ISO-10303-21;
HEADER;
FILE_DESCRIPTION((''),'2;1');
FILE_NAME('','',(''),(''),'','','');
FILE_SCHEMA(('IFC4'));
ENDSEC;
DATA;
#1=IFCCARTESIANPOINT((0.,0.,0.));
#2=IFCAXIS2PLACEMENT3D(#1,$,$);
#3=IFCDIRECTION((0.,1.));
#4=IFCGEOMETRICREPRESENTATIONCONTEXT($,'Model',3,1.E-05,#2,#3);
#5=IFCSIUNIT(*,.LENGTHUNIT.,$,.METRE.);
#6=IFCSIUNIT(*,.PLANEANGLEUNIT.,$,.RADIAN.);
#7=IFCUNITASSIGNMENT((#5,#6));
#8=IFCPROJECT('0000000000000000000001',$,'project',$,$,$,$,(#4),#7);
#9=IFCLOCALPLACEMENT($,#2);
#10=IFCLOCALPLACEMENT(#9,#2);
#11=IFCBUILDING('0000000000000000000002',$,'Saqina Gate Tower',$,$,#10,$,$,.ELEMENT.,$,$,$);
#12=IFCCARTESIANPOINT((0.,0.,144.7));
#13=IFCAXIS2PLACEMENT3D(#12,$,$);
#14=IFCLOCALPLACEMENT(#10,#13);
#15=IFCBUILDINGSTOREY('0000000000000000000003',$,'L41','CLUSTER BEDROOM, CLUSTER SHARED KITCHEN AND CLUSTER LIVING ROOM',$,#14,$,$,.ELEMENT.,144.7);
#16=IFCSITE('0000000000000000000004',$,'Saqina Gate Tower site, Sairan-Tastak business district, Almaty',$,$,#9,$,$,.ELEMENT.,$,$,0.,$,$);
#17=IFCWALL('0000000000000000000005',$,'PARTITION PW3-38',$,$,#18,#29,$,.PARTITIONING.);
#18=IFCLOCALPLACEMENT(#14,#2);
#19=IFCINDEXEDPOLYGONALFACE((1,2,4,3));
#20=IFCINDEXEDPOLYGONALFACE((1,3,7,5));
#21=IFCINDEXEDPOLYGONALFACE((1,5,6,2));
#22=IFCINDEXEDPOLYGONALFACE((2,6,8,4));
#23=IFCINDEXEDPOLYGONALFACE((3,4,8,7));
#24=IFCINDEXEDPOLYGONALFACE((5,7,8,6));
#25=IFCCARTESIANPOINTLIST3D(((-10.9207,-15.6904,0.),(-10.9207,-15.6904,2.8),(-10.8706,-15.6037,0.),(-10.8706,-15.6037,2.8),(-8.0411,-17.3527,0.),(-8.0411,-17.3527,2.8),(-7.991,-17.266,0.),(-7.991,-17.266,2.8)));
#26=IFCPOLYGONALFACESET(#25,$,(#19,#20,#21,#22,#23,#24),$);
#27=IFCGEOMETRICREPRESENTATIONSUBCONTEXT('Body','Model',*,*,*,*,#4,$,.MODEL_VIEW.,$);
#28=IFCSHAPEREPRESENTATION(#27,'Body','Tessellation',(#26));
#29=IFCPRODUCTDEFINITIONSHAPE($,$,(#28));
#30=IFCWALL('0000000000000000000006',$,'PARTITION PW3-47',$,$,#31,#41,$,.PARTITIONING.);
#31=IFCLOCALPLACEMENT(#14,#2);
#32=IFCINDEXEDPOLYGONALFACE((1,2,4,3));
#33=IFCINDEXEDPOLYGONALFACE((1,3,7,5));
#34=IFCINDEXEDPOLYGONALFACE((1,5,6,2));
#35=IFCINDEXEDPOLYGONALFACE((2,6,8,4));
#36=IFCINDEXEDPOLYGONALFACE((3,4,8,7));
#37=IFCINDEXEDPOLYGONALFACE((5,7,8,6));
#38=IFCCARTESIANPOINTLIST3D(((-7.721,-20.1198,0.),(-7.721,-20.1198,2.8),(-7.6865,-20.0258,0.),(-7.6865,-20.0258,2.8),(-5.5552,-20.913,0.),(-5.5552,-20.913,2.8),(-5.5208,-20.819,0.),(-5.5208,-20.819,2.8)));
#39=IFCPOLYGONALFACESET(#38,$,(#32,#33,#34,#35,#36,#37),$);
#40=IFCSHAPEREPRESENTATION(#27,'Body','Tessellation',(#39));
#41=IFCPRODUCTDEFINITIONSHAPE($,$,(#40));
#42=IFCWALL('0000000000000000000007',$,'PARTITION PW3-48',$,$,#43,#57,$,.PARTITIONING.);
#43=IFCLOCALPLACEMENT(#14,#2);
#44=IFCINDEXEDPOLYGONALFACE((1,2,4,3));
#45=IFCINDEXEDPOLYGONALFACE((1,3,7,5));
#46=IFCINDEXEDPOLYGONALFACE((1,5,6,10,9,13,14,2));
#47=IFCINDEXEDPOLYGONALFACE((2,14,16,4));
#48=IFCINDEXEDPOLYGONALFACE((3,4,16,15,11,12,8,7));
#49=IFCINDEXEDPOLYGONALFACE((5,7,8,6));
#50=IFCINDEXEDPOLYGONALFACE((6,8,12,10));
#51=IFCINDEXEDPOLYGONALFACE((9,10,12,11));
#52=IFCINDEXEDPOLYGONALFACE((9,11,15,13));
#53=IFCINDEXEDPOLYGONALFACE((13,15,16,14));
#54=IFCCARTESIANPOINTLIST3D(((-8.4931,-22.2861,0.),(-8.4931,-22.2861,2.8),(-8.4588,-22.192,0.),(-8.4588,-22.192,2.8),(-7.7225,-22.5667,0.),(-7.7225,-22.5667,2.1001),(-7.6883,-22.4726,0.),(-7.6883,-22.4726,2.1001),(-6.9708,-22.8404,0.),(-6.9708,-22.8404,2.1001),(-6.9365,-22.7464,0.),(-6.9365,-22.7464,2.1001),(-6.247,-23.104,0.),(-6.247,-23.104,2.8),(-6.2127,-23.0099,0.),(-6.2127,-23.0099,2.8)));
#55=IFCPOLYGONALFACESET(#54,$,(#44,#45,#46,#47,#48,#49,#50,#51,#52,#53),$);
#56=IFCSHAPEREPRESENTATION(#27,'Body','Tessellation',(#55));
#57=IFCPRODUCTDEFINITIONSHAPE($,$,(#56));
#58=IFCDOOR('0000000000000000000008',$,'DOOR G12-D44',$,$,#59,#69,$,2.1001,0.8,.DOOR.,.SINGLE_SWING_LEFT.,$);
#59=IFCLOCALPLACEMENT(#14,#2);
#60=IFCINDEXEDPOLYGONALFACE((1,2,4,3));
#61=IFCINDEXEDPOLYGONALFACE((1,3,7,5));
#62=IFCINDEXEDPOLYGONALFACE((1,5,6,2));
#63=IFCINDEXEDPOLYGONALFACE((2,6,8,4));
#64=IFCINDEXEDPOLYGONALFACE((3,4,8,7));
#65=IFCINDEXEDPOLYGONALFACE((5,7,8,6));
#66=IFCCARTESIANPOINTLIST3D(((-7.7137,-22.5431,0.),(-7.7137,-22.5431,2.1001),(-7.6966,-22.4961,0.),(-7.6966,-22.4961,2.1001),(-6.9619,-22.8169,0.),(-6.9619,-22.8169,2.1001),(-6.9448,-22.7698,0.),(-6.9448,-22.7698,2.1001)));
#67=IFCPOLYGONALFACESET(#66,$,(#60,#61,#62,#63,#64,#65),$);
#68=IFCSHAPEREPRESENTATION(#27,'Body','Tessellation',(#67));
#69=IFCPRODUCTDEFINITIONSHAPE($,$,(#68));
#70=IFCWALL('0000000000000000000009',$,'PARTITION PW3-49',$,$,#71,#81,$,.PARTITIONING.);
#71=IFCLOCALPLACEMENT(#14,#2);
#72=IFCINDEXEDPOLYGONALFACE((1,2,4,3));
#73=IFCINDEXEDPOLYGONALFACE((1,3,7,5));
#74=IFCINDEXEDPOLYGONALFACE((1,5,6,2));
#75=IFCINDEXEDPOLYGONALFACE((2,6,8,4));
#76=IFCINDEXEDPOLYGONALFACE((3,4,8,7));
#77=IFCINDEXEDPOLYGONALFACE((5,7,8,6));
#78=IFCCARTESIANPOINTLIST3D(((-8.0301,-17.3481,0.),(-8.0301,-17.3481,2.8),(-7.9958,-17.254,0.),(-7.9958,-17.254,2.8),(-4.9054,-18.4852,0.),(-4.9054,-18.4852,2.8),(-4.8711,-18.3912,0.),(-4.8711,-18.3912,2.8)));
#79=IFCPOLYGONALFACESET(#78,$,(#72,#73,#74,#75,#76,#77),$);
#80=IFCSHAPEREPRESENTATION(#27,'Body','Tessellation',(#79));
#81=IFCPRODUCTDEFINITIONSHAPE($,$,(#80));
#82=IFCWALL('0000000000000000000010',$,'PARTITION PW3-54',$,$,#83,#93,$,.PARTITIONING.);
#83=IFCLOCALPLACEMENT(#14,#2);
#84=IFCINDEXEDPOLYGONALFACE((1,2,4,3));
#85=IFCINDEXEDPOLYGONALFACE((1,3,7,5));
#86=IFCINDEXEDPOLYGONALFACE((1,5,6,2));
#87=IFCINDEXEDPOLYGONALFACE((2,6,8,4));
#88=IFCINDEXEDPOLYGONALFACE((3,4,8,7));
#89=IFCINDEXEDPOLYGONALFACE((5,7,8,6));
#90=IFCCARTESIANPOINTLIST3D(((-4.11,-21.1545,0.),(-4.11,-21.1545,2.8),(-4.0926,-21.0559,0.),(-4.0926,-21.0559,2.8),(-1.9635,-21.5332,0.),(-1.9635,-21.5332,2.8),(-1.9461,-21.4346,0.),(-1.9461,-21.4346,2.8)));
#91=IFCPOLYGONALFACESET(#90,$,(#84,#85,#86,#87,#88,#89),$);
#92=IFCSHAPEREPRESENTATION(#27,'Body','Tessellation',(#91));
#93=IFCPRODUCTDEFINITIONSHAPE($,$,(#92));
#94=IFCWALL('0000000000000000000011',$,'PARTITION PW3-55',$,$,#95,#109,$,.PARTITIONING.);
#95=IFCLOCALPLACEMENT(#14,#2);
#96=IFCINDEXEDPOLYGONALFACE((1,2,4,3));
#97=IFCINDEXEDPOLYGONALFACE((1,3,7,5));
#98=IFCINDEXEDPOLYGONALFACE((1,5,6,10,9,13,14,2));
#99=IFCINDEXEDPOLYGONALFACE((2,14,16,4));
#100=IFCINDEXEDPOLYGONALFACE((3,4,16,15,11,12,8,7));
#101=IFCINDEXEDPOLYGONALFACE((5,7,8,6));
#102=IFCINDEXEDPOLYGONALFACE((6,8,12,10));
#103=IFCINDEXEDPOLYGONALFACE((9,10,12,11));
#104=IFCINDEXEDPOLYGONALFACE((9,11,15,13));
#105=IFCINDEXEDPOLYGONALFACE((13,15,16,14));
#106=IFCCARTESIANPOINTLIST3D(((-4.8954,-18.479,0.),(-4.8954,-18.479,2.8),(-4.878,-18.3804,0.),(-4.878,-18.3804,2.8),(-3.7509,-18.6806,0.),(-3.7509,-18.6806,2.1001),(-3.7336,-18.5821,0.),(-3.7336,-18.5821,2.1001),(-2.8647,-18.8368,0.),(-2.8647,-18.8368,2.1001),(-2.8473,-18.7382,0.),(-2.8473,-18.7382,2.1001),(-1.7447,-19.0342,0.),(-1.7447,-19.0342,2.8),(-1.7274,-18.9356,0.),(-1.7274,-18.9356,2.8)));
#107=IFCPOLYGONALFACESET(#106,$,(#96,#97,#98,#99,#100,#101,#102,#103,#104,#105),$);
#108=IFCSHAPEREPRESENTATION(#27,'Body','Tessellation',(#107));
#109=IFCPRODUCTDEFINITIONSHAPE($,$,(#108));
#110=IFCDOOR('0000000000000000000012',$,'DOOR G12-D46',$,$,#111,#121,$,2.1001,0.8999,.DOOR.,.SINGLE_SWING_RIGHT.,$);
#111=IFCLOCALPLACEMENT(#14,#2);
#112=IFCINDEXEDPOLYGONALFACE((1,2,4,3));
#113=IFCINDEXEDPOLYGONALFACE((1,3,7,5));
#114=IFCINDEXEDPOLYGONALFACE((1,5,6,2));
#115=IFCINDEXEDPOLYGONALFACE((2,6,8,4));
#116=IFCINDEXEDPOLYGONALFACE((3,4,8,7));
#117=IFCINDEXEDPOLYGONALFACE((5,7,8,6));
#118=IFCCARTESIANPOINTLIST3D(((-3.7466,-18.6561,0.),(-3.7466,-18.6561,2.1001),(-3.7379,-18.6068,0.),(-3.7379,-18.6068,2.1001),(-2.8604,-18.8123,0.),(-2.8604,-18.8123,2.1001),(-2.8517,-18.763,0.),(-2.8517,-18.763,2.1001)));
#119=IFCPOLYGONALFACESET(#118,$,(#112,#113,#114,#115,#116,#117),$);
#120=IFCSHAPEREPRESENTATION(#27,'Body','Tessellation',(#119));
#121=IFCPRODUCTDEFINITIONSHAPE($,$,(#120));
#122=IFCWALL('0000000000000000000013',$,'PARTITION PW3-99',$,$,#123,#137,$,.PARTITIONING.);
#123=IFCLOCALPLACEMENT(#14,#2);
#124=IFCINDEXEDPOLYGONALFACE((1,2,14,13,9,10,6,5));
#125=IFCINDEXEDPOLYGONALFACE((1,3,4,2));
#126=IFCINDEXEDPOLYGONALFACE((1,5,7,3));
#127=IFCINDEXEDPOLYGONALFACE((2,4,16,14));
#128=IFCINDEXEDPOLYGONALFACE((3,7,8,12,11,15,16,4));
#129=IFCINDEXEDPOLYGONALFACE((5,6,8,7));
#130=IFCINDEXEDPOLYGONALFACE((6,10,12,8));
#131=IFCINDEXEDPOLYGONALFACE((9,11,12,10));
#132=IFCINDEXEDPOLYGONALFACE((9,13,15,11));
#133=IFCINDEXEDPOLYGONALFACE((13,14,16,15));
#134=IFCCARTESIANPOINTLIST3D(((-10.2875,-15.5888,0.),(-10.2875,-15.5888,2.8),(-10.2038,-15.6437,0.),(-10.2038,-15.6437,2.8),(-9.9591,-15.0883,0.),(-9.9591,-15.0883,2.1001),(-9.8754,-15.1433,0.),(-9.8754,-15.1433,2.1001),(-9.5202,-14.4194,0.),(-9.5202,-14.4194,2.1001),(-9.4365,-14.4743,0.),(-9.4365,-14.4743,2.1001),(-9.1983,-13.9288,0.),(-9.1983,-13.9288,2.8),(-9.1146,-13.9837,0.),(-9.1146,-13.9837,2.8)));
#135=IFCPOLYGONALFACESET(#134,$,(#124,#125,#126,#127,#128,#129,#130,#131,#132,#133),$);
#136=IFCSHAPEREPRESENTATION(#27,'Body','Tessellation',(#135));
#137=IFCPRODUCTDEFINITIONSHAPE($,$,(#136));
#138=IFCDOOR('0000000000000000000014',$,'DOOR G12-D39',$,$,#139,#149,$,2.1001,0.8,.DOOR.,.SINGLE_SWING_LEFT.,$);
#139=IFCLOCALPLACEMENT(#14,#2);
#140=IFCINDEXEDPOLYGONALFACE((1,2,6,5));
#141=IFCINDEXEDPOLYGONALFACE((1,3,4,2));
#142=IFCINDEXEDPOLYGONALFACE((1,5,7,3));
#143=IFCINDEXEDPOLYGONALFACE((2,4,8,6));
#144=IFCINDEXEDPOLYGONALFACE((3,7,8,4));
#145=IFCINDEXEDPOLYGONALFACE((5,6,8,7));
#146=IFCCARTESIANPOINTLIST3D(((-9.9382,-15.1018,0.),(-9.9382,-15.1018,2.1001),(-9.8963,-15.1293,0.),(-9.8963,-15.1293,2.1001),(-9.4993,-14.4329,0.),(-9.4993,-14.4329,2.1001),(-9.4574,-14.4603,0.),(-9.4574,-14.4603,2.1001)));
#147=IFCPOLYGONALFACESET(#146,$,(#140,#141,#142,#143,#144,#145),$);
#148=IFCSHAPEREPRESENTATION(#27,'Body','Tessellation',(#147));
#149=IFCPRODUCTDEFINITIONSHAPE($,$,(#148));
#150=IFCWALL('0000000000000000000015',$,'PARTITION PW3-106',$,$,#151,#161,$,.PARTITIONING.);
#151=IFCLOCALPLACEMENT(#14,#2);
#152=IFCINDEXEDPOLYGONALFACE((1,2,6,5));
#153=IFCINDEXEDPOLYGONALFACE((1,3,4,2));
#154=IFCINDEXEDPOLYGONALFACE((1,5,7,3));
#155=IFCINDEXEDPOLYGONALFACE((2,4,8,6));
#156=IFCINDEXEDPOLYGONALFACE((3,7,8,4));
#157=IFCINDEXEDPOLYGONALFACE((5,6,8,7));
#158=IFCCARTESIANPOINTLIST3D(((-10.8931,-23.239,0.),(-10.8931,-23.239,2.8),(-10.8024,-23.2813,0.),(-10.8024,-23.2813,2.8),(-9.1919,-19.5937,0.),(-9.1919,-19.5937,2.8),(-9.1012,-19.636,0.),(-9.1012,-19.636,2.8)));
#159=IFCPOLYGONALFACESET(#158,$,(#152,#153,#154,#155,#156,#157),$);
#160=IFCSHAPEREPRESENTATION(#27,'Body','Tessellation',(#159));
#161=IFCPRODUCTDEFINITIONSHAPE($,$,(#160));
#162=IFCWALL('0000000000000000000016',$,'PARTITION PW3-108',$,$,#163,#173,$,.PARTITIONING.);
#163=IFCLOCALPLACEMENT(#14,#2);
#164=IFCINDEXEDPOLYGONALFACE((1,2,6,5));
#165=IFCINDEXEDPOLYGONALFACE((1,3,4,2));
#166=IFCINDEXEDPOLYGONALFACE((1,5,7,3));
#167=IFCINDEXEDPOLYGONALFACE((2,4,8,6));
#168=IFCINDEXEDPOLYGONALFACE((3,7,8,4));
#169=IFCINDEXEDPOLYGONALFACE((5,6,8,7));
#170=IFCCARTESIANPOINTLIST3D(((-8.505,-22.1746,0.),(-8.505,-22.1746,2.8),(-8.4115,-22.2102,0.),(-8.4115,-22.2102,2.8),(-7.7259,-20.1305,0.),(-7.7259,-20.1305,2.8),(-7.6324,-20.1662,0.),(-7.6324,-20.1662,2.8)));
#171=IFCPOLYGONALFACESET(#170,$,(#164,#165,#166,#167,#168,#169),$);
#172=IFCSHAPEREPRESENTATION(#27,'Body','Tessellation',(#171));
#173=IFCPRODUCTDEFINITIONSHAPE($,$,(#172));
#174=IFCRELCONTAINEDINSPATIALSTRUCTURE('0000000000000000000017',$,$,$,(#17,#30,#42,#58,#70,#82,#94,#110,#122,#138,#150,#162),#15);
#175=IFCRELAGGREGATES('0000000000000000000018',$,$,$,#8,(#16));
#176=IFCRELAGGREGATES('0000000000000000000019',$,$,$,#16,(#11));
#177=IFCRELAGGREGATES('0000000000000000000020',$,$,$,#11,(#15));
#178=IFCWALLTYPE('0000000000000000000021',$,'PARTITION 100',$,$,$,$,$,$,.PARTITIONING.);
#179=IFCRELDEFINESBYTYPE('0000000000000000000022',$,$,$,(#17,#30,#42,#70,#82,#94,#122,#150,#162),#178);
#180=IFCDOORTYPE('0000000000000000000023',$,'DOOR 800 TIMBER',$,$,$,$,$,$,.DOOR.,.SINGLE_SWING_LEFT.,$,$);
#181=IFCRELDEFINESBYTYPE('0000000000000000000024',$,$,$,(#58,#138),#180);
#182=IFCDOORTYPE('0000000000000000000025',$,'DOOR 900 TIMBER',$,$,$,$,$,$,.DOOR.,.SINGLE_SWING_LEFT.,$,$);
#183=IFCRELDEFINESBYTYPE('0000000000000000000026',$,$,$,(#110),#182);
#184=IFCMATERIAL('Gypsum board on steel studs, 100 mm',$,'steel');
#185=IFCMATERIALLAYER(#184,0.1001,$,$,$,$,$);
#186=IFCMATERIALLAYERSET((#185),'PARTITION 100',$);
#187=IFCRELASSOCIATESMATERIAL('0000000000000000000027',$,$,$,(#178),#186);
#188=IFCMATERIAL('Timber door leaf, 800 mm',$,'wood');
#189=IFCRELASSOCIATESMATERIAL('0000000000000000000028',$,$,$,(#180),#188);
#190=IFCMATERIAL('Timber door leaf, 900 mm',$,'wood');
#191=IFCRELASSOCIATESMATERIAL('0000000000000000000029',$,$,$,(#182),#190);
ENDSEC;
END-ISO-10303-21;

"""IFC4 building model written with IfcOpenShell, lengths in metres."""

from ifc_helpers import new_model, si_unit, direction, frame, frame_2d, origin, place, context, subcontext, project, spatial, rectangle, extrude, material, layer, layer_set, type_object, element, fill, save


model = new_model("IFC4")

# Units and contexts
model_context = context("Model", 3, precision=1e-05, world=origin(), true_north=direction((0.0, 1.0)))
body_context = subcontext(model_context, "Body", "Model", "MODEL_VIEW")
ifc_project = project(units=[si_unit("LENGTHUNIT", "METRE"), si_unit("PLANEANGLEUNIT", "RADIAN")], contexts=[model_context])

# Site, building, storey
site_placement = place(None, origin())
site = spatial("IfcSite", under=ifc_project, at=site_placement, Name="Saqina Gate Tower site, Sairan-Tastak business district, Almaty", CompositionType="ELEMENT", RefElevation=0.0)
building_placement = place(site_placement, origin())
building = spatial("IfcBuilding", under=site, at=building_placement, Name="Saqina Gate Tower", CompositionType="ELEMENT")
storey_placement = place(building_placement, frame((0.0, 0.0, 144.7)))
storey = spatial("IfcBuildingStorey", under=building, at=storey_placement, Name="L41", Description="CLUSTER BEDROOM, CLUSTER SHARED KITCHEN AND CLUSTER LIVING ROOM", CompositionType="ELEMENT", Elevation=144.7)

# Walls
ifc_material_1 = material(Name="Gypsum board on steel studs, 100 mm", Category="steel")
ifc_layer_1 = layer(ifc_material_1, 0.1001)
ifc_layer_set_1 = layer_set([ifc_layer_1], Name="PARTITION 100")
wall_type_1 = type_object("IfcWallType", Name="PARTITION 100", PredefinedType="PARTITIONING", material=ifc_layer_set_1)
wall_1_placement = place(storey_placement, frame((-10.8958, -15.647, 0.0), z_axis=(0.0, 0.0, 1.0), x_axis=(0.866052, -0.499953, 0.0)))
element("IfcWall", 1, at=wall_1_placement, inside=storey, type_object=wall_type_1, Name="PARTITION PW3-38", PredefinedType="PARTITIONING", context=body_context, shape_type="SweptSolid", body=[
    extrude(rectangle(XDim=3.325, YDim=0.1001, at=frame_2d((1.6626, 0.0))), origin(), (0.0, 0.0, 1.0), 2.8),
])
wall_2_placement = place(storey_placement, frame((-7.7039, -20.0728, 0.0), z_axis=(0.0, 0.0, 1.0), x_axis=(0.939003, -0.343909, 0.0)))
element("IfcWall", 2, at=wall_2_placement, inside=storey, type_object=wall_type_1, Name="PARTITION PW3-47", PredefinedType="PARTITIONING", context=body_context, shape_type="SweptSolid", body=[
    extrude(rectangle(XDim=2.3064, YDim=0.1001, at=frame_2d((1.1533, 0.0))), origin(), (0.0, 0.0, 1.0), 2.8),
])

# Wall, opening, door
wall_3_placement = place(storey_placement, frame((-8.4761, -22.239, 0.0), z_axis=(0.0, 0.0, 1.0), x_axis=(0.939644, -0.342153, 0.0)))
wall_3 = element("IfcWall", 3, at=wall_3_placement, inside=storey, type_object=wall_type_1, Name="PARTITION PW3-48", PredefinedType="PARTITIONING", context=body_context, shape_type="SweptSolid", body=[
    extrude(rectangle(XDim=2.3904, YDim=0.1001, at=frame_2d((1.1953, 0.0))), origin(), (0.0, 0.0, 1.0), 2.8),
])
opening_1_placement = place(wall_3_placement, frame((0.8203, 0.0, 0.0)))
opening_1 = element("IfcOpeningElement", 4, at=opening_1_placement, cuts=wall_3, PredefinedType="OPENING", context=body_context, shape_type="SweptSolid", body=[
    extrude(rectangle(XDim=0.8, YDim=2.1001, at=frame_2d((0.3999, 1.05))), frame((0.0, 0.062, 0.0), z_axis=(0.0, -1.0, 0.0), x_axis=(1.0, 0.0, 0.0)), (0.0, 0.0, 1.0), 0.124),
])
ifc_material_2 = material(Name="Timber door leaf, 800 mm", Category="wood")
door_type_1 = type_object("IfcDoorType", Name="DOOR 800 TIMBER", OperationType="SINGLE_SWING_LEFT", PredefinedType="DOOR", material=ifc_material_2)
door_1_placement = place(opening_1_placement, frame((0.8, 0.0, 0.0), z_axis=(0.0, 0.0, 1.0), x_axis=(-1.0, 0.0, 0.0)))
door_1 = element("IfcDoor", 5, at=door_1_placement, inside=storey, type_object=door_type_1, Name="DOOR G12-D44", OperationType="SINGLE_SWING_LEFT", OverallHeight=2.1001, OverallWidth=0.8, PredefinedType="DOOR", context=body_context, shape_type="SweptSolid", body=[
    extrude(rectangle(XDim=0.8, YDim=2.1001, at=frame_2d((0.3999, 1.05))), frame((0.0, 0.0249, 0.0), z_axis=(0.0, -1.0, 0.0), x_axis=(1.0, 0.0, 0.0)), (0.0, 0.0, 1.0), 0.05),
])
fill(opening_1, door_1)

# Walls
wall_4_placement = place(storey_placement, frame((-8.0129, -17.301, 0.0), z_axis=(0.0, 0.0, 1.0), x_axis=(0.939703, -0.341991, 0.0)))
element("IfcWall", 6, at=wall_4_placement, inside=storey, type_object=wall_type_1, Name="PARTITION PW3-49", PredefinedType="PARTITIONING", context=body_context, shape_type="SweptSolid", body=[
    extrude(rectangle(XDim=3.3252, YDim=0.1001, at=frame_2d((1.6626, 0.0))), origin(), (0.0, 0.0, 1.0), 2.8),
])
wall_5_placement = place(storey_placement, frame((-4.1013, -21.1052, 0.0), z_axis=(0.0, 0.0, 1.0), x_axis=(0.984794, -0.173728, 0.0)))
element("IfcWall", 7, at=wall_5_placement, inside=storey, type_object=wall_type_1, Name="PARTITION PW3-54", PredefinedType="PARTITIONING", context=body_context, shape_type="SweptSolid", body=[
    extrude(rectangle(XDim=2.1797, YDim=0.1001, at=frame_2d((1.0898, 0.0))), origin(), (0.0, 0.0, 1.0), 2.8),
])

# Walls, openings, doors
wall_6_placement = place(storey_placement, frame((-4.8867, -18.4297, 0.0), z_axis=(0.0, 0.0, 1.0), x_axis=(0.984827, -0.173537, 0.0)))
wall_6 = element("IfcWall", 8, at=wall_6_placement, inside=storey, type_object=wall_type_1, Name="PARTITION PW3-55", PredefinedType="PARTITIONING", context=body_context, shape_type="SweptSolid", body=[
    extrude(rectangle(XDim=3.1992, YDim=0.1001, at=frame_2d((1.5996, 0.0))), origin(), (0.0, 0.0, 1.0), 2.8),
])
opening_2_placement = place(wall_6_placement, frame((1.1621, 0.0, 0.0)))
opening_2 = element("IfcOpeningElement", 9, at=opening_2_placement, cuts=wall_6, PredefinedType="OPENING", context=body_context, shape_type="SweptSolid", body=[
    extrude(rectangle(XDim=0.8999, YDim=2.1001, at=frame_2d((0.45, 1.05))), frame((0.0, 0.062, 0.0), z_axis=(0.0, -1.0, 0.0), x_axis=(1.0, 0.0, 0.0)), (0.0, 0.0, 1.0), 0.124),
])
ifc_material_3 = material(Name="Timber door leaf, 900 mm", Category="wood")
door_type_2 = type_object("IfcDoorType", Name="DOOR 900 TIMBER", OperationType="SINGLE_SWING_LEFT", PredefinedType="DOOR", material=ifc_material_3)
door_2_placement = place(opening_2_placement, origin())
door_2 = element("IfcDoor", 10, at=door_2_placement, inside=storey, type_object=door_type_2, Name="DOOR G12-D46", OperationType="SINGLE_SWING_RIGHT", OverallHeight=2.1001, OverallWidth=0.8999, PredefinedType="DOOR", context=body_context, shape_type="SweptSolid", body=[
    extrude(rectangle(XDim=0.8999, YDim=2.1001, at=frame_2d((0.45, 1.05))), frame((0.0, 0.0249, 0.0), z_axis=(0.0, -1.0, 0.0), x_axis=(1.0, 0.0, 0.0)), (0.0, 0.0, 1.0), 0.05),
])
fill(opening_2, door_2)
wall_7_placement = place(storey_placement, frame((-10.2456, -15.6162, 0.0), z_axis=(0.0, 0.0, 1.0), x_axis=(0.548584, 0.836096, 0.0)))
wall_7 = element("IfcWall", 11, at=wall_7_placement, inside=storey, type_object=wall_type_1, Name="PARTITION PW3-99", PredefinedType="PARTITIONING", context=body_context, shape_type="SweptSolid", body=[
    extrude(rectangle(XDim=1.9854, YDim=0.1001, at=frame_2d((0.9927, 0.0))), origin(), (0.0, 0.0, 1.0), 2.8),
])
opening_3_placement = place(wall_7_placement, frame((0.5986, 0.0, 0.0)))
opening_3 = element("IfcOpeningElement", 12, at=opening_3_placement, cuts=wall_7, PredefinedType="OPENING", context=body_context, shape_type="SweptSolid", body=[
    extrude(rectangle(XDim=0.8, YDim=2.1001, at=frame_2d((0.3999, 1.05))), frame((0.0, 0.062, 0.0), z_axis=(0.0, -1.0, 0.0), x_axis=(1.0, 0.0, 0.0)), (0.0, 0.0, 1.0), 0.124),
])
door_3_placement = place(opening_3_placement, frame((0.8, 0.0, 0.0), z_axis=(0.0, 0.0, 1.0), x_axis=(-1.0, 0.0, 0.0)))
door_3 = element("IfcDoor", 13, at=door_3_placement, inside=storey, type_object=door_type_1, Name="DOOR G12-D39", OperationType="SINGLE_SWING_LEFT", OverallHeight=2.1001, OverallWidth=0.8, PredefinedType="DOOR", context=body_context, shape_type="SweptSolid", body=[
    extrude(rectangle(XDim=0.8, YDim=2.1001, at=frame_2d((0.3999, 1.05))), frame((0.0, 0.0249, 0.0), z_axis=(0.0, -1.0, 0.0), x_axis=(1.0, 0.0, 0.0)), (0.0, 0.0, 1.0), 0.05),
])
fill(opening_3, door_3)

# Walls
wall_8_placement = place(storey_placement, frame((-10.8477, -23.26, 0.0), z_axis=(0.0, 0.0, 1.0), x_axis=(0.422895, 0.906178, 0.0)))
element("IfcWall", 14, at=wall_8_placement, inside=storey, type_object=wall_type_1, Name="PARTITION PW3-106", PredefinedType="PARTITIONING", context=body_context, shape_type="SweptSolid", body=[
    extrude(rectangle(XDim=4.0227, YDim=0.1001, at=frame_2d((2.0112, 0.0))), origin(), (0.0, 0.0, 1.0), 2.8),
])
wall_9_placement = place(storey_placement, frame((-8.4583, -22.1924, 0.0), z_axis=(0.0, 0.0, 1.0), x_axis=(0.356158, 0.934426, 0.0)))
element("IfcWall", 15, at=wall_9_placement, inside=storey, type_object=wall_type_1, Name="PARTITION PW3-108", PredefinedType="PARTITIONING", context=body_context, shape_type="SweptSolid", body=[
    extrude(rectangle(XDim=2.1875, YDim=0.1001, at=frame_2d((1.0938, 0.0))), origin(), (0.0, 0.0, 1.0), 2.8),
])

save(model, "model.ifc")
